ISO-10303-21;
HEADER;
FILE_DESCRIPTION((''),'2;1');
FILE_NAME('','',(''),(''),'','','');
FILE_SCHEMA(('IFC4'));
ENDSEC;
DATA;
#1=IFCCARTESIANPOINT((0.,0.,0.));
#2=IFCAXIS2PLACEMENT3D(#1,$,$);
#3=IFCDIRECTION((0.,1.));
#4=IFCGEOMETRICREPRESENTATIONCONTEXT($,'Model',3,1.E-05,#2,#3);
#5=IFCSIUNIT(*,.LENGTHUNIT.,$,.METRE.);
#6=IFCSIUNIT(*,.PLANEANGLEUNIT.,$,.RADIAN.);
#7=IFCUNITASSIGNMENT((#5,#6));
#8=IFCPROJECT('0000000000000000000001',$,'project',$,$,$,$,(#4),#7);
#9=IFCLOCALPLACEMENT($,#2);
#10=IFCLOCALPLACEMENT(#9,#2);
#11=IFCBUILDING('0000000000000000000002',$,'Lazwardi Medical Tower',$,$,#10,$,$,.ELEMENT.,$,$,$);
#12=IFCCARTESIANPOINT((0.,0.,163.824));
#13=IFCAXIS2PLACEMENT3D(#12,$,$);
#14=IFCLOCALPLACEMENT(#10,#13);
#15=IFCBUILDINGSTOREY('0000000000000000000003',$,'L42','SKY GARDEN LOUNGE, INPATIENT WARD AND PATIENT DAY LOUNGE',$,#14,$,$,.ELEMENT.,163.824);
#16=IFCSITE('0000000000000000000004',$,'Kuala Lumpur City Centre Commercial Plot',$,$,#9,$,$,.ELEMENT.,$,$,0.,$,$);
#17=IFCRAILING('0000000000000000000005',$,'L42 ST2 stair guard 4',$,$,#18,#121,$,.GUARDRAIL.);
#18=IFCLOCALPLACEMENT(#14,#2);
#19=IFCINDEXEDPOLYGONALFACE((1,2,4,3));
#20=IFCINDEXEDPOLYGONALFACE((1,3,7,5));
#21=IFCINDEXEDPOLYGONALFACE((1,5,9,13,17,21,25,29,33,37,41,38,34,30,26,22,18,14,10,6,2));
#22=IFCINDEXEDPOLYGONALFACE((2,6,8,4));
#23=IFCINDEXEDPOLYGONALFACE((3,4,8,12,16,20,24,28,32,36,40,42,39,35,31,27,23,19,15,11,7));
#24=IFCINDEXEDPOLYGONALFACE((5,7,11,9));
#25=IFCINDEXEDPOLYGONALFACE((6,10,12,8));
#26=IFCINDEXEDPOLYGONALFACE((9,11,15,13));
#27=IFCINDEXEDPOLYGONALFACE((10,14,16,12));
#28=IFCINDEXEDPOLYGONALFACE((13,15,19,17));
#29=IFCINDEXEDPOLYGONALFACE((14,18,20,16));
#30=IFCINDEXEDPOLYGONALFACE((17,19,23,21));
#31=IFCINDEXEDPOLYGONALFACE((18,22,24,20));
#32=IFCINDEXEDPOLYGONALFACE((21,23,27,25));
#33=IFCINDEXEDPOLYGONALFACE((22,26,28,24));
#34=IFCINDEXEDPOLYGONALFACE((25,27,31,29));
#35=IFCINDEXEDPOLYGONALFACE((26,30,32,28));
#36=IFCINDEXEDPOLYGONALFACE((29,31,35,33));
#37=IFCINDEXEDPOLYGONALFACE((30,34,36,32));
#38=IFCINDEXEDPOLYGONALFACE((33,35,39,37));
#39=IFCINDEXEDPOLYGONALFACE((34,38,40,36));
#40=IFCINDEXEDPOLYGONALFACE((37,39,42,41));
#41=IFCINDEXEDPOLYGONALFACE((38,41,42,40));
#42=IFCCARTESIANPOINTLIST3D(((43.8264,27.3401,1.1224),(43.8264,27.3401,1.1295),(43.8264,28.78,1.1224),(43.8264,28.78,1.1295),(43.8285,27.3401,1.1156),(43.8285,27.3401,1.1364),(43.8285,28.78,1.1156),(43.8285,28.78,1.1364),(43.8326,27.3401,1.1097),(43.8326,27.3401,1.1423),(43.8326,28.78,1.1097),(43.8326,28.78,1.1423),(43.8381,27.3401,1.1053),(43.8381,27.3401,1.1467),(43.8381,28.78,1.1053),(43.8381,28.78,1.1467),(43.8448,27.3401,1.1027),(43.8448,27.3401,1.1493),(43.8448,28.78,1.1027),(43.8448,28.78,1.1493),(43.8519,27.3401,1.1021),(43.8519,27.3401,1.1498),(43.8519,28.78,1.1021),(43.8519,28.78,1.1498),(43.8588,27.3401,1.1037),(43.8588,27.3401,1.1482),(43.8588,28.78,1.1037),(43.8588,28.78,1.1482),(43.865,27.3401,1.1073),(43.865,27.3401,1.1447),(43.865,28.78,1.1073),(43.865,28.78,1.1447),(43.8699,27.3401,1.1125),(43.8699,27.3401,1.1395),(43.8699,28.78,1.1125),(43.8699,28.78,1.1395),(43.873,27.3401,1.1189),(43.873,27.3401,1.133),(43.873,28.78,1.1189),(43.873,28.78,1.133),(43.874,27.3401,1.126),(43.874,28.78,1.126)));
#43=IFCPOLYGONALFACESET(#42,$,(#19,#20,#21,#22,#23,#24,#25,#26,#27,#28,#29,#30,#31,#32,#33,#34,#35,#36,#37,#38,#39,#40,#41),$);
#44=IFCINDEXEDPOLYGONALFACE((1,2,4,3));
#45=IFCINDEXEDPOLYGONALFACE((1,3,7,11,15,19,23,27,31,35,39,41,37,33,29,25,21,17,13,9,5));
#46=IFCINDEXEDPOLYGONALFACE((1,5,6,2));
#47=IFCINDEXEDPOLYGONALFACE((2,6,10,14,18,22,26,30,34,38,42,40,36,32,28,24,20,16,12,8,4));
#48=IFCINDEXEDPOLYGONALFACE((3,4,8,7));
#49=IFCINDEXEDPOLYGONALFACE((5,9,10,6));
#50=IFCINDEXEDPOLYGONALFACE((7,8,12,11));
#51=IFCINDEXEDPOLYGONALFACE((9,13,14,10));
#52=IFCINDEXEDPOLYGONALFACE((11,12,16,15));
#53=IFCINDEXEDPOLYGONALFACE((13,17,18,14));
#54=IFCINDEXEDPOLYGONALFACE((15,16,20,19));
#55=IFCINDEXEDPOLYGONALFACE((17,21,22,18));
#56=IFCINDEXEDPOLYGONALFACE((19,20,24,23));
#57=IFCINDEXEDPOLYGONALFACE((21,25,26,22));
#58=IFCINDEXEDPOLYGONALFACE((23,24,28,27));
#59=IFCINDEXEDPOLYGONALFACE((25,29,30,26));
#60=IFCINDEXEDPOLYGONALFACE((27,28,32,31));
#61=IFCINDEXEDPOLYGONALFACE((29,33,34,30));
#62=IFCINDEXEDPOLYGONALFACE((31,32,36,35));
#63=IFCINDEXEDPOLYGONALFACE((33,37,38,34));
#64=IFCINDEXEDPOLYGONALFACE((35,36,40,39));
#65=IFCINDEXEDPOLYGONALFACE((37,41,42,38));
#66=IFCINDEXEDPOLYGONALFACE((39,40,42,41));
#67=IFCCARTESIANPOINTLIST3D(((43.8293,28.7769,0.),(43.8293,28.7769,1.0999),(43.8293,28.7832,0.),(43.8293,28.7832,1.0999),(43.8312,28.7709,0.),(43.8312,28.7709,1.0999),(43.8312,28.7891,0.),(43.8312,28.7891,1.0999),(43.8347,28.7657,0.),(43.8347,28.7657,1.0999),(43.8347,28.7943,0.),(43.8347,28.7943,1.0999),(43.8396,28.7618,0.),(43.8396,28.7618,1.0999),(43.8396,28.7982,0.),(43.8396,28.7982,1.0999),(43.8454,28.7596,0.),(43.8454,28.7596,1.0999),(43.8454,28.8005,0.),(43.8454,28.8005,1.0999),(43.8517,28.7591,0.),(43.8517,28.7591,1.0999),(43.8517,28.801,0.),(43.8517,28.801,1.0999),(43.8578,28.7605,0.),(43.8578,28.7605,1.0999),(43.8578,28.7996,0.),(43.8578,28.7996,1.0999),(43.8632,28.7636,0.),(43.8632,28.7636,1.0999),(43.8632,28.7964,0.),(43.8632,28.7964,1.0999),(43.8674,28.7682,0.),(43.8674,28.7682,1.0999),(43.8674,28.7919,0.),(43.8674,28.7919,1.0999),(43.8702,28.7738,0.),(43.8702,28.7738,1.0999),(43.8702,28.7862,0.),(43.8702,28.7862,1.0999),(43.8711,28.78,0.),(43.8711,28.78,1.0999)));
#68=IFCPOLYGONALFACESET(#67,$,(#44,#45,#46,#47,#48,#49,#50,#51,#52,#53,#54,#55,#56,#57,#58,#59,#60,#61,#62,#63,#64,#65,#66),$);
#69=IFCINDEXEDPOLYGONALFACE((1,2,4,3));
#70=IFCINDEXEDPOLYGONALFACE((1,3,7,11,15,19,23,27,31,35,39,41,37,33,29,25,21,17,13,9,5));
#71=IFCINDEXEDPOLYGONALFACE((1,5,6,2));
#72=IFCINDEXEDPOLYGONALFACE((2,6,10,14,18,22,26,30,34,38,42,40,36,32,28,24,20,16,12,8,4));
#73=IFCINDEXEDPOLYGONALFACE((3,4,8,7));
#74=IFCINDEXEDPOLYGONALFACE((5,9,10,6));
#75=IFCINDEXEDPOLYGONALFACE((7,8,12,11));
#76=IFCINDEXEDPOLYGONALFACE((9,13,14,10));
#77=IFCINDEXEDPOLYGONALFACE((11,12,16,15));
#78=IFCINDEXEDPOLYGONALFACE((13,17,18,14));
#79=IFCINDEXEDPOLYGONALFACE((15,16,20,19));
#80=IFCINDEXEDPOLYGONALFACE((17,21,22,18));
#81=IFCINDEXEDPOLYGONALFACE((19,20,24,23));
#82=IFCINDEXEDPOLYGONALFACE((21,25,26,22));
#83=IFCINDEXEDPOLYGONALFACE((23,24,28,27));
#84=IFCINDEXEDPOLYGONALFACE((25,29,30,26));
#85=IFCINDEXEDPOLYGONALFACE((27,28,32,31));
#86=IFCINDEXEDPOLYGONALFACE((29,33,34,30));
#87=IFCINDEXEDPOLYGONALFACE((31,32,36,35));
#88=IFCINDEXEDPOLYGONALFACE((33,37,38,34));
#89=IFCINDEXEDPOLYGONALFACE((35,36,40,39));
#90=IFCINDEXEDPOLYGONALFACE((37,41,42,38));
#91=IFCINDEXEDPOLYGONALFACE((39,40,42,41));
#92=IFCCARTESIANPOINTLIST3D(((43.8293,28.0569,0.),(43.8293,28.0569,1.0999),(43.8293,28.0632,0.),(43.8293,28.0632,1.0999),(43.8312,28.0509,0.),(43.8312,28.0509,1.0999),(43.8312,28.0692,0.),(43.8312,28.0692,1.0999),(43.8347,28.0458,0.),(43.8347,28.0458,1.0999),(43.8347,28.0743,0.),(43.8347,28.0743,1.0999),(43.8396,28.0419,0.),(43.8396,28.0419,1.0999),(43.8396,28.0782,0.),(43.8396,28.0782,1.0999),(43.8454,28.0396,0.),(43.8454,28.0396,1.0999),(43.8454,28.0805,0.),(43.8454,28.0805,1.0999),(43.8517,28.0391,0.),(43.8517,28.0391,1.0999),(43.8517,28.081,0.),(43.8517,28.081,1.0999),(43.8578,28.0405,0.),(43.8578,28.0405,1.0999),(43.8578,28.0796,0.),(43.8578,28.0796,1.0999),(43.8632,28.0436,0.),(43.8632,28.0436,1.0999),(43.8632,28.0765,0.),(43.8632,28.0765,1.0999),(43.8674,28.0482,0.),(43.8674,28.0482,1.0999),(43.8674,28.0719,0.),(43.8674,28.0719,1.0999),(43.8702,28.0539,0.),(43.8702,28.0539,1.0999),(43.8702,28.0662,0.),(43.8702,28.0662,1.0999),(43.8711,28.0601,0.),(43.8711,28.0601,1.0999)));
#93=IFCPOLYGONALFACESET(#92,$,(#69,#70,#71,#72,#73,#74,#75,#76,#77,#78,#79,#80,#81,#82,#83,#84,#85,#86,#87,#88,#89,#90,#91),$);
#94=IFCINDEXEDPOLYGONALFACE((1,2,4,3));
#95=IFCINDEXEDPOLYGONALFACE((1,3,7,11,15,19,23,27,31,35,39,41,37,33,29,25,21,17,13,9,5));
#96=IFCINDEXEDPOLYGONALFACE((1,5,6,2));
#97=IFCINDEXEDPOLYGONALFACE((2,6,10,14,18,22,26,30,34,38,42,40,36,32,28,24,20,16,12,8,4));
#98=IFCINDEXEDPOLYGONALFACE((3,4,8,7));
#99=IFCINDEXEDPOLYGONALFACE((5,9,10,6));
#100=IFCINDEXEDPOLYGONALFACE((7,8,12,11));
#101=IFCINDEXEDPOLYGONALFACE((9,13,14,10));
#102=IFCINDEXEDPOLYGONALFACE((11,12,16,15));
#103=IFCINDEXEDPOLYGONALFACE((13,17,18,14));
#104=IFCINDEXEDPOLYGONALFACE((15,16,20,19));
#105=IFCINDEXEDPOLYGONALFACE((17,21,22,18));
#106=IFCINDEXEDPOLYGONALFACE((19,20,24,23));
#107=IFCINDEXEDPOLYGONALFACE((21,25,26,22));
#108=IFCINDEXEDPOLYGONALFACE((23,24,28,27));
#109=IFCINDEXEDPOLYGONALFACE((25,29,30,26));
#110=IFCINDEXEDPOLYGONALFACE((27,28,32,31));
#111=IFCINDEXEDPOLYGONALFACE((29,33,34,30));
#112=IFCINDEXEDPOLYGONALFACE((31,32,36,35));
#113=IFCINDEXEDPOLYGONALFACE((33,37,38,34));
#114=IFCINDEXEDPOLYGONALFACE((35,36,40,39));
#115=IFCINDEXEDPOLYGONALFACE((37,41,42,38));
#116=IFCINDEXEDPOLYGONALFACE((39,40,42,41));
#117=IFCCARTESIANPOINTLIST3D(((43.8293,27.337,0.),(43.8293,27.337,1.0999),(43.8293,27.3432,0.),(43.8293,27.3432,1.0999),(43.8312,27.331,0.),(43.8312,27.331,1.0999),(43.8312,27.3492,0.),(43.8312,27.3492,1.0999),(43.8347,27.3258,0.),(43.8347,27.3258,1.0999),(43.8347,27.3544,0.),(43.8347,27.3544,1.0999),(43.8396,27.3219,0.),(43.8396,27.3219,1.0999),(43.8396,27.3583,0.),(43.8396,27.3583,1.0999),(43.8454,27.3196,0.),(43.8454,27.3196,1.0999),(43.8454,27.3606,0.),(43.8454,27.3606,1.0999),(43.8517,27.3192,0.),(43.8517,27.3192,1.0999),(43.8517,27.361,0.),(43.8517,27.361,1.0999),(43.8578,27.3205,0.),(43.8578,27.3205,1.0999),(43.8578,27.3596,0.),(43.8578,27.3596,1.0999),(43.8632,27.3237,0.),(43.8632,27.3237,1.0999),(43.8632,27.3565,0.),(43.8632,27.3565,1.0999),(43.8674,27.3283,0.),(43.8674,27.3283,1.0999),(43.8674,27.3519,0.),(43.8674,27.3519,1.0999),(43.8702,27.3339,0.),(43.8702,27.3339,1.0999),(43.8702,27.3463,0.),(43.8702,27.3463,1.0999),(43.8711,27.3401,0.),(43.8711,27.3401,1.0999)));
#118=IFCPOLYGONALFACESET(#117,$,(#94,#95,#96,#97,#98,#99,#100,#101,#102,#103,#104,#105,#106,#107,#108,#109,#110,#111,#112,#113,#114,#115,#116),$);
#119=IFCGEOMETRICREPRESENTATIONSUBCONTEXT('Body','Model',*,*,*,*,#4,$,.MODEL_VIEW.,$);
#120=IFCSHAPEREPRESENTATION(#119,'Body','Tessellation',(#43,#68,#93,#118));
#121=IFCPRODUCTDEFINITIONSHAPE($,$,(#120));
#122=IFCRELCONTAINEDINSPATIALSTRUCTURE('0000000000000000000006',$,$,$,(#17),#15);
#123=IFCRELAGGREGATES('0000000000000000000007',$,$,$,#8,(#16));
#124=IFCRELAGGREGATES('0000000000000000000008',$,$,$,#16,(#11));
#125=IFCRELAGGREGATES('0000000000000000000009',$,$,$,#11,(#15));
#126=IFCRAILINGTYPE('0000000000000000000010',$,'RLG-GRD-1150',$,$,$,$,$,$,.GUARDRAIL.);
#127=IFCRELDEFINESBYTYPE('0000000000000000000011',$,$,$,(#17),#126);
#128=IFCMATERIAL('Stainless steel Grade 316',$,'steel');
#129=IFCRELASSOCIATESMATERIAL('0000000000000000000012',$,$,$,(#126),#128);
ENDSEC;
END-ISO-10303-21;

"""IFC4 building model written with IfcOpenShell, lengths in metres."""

from ifc_helpers import new_model, si_unit, direction, frame, origin, origin_2d, place, context, subcontext, project, spatial, circle, extrude, material, type_object, element, save


model = new_model("IFC4")

# Units and contexts
model_context = context("Model", 3, precision=1e-05, world=origin(), true_north=direction((0.0, 1.0)))
body_context = subcontext(model_context, "Body", "Model", "MODEL_VIEW")
ifc_project = project(units=[si_unit("LENGTHUNIT", "METRE"), si_unit("PLANEANGLEUNIT", "RADIAN")], contexts=[model_context])

# Site, building, storey
site_placement = place(None, origin())
site = spatial("IfcSite", under=ifc_project, at=site_placement, Name="Kuala Lumpur City Centre Commercial Plot", CompositionType="ELEMENT", RefElevation=0.0)
building_placement = place(site_placement, origin())
building = spatial("IfcBuilding", under=site, at=building_placement, Name="Lazwardi Medical Tower", CompositionType="ELEMENT")
storey_placement = place(building_placement, frame((0.0, 0.0, 163.824)))
storey = spatial("IfcBuildingStorey", under=building, at=storey_placement, Name="L42", Description="SKY GARDEN LOUNGE, INPATIENT WARD AND PATIENT DAY LOUNGE", CompositionType="ELEMENT", Elevation=163.824)

# Railing
ifc_material_1 = material(Name="Stainless steel Grade 316", Category="steel")
railing_type_1 = type_object("IfcRailingType", Name="RLG-GRD-1150", PredefinedType="GUARDRAIL", material=ifc_material_1)
railing_1_placement = place(storey_placement, frame((43.8501, 28.78, 0.0)))
element("IfcRailing", 1, at=railing_1_placement, inside=storey, type_object=railing_type_1, Name="L42 ST2 stair guard 4", PredefinedType="GUARDRAIL", context=body_context, shape_type="SweptSolid", body=[
    extrude(circle(Radius=0.0239, at=origin_2d()), frame((0.0, 0.0, 1.126), z_axis=(0.0, -1.0, 0.0), x_axis=(1.0, 0.0, 0.0)), (0.0, 0.0, 1.0), 1.4399),
    extrude(circle(Radius=0.021, at=origin_2d()), origin(), (0.0, 0.0, 1.0), 1.0999),
    extrude(circle(Radius=0.021, at=origin_2d()), frame((0.0, -0.72, 0.0)), (0.0, 0.0, 1.0), 1.0999),
    extrude(circle(Radius=0.021, at=origin_2d()), frame((0.0, -1.4399, 0.0)), (0.0, 0.0, 1.0), 1.0999),
])

save(model, "model.ifc")
